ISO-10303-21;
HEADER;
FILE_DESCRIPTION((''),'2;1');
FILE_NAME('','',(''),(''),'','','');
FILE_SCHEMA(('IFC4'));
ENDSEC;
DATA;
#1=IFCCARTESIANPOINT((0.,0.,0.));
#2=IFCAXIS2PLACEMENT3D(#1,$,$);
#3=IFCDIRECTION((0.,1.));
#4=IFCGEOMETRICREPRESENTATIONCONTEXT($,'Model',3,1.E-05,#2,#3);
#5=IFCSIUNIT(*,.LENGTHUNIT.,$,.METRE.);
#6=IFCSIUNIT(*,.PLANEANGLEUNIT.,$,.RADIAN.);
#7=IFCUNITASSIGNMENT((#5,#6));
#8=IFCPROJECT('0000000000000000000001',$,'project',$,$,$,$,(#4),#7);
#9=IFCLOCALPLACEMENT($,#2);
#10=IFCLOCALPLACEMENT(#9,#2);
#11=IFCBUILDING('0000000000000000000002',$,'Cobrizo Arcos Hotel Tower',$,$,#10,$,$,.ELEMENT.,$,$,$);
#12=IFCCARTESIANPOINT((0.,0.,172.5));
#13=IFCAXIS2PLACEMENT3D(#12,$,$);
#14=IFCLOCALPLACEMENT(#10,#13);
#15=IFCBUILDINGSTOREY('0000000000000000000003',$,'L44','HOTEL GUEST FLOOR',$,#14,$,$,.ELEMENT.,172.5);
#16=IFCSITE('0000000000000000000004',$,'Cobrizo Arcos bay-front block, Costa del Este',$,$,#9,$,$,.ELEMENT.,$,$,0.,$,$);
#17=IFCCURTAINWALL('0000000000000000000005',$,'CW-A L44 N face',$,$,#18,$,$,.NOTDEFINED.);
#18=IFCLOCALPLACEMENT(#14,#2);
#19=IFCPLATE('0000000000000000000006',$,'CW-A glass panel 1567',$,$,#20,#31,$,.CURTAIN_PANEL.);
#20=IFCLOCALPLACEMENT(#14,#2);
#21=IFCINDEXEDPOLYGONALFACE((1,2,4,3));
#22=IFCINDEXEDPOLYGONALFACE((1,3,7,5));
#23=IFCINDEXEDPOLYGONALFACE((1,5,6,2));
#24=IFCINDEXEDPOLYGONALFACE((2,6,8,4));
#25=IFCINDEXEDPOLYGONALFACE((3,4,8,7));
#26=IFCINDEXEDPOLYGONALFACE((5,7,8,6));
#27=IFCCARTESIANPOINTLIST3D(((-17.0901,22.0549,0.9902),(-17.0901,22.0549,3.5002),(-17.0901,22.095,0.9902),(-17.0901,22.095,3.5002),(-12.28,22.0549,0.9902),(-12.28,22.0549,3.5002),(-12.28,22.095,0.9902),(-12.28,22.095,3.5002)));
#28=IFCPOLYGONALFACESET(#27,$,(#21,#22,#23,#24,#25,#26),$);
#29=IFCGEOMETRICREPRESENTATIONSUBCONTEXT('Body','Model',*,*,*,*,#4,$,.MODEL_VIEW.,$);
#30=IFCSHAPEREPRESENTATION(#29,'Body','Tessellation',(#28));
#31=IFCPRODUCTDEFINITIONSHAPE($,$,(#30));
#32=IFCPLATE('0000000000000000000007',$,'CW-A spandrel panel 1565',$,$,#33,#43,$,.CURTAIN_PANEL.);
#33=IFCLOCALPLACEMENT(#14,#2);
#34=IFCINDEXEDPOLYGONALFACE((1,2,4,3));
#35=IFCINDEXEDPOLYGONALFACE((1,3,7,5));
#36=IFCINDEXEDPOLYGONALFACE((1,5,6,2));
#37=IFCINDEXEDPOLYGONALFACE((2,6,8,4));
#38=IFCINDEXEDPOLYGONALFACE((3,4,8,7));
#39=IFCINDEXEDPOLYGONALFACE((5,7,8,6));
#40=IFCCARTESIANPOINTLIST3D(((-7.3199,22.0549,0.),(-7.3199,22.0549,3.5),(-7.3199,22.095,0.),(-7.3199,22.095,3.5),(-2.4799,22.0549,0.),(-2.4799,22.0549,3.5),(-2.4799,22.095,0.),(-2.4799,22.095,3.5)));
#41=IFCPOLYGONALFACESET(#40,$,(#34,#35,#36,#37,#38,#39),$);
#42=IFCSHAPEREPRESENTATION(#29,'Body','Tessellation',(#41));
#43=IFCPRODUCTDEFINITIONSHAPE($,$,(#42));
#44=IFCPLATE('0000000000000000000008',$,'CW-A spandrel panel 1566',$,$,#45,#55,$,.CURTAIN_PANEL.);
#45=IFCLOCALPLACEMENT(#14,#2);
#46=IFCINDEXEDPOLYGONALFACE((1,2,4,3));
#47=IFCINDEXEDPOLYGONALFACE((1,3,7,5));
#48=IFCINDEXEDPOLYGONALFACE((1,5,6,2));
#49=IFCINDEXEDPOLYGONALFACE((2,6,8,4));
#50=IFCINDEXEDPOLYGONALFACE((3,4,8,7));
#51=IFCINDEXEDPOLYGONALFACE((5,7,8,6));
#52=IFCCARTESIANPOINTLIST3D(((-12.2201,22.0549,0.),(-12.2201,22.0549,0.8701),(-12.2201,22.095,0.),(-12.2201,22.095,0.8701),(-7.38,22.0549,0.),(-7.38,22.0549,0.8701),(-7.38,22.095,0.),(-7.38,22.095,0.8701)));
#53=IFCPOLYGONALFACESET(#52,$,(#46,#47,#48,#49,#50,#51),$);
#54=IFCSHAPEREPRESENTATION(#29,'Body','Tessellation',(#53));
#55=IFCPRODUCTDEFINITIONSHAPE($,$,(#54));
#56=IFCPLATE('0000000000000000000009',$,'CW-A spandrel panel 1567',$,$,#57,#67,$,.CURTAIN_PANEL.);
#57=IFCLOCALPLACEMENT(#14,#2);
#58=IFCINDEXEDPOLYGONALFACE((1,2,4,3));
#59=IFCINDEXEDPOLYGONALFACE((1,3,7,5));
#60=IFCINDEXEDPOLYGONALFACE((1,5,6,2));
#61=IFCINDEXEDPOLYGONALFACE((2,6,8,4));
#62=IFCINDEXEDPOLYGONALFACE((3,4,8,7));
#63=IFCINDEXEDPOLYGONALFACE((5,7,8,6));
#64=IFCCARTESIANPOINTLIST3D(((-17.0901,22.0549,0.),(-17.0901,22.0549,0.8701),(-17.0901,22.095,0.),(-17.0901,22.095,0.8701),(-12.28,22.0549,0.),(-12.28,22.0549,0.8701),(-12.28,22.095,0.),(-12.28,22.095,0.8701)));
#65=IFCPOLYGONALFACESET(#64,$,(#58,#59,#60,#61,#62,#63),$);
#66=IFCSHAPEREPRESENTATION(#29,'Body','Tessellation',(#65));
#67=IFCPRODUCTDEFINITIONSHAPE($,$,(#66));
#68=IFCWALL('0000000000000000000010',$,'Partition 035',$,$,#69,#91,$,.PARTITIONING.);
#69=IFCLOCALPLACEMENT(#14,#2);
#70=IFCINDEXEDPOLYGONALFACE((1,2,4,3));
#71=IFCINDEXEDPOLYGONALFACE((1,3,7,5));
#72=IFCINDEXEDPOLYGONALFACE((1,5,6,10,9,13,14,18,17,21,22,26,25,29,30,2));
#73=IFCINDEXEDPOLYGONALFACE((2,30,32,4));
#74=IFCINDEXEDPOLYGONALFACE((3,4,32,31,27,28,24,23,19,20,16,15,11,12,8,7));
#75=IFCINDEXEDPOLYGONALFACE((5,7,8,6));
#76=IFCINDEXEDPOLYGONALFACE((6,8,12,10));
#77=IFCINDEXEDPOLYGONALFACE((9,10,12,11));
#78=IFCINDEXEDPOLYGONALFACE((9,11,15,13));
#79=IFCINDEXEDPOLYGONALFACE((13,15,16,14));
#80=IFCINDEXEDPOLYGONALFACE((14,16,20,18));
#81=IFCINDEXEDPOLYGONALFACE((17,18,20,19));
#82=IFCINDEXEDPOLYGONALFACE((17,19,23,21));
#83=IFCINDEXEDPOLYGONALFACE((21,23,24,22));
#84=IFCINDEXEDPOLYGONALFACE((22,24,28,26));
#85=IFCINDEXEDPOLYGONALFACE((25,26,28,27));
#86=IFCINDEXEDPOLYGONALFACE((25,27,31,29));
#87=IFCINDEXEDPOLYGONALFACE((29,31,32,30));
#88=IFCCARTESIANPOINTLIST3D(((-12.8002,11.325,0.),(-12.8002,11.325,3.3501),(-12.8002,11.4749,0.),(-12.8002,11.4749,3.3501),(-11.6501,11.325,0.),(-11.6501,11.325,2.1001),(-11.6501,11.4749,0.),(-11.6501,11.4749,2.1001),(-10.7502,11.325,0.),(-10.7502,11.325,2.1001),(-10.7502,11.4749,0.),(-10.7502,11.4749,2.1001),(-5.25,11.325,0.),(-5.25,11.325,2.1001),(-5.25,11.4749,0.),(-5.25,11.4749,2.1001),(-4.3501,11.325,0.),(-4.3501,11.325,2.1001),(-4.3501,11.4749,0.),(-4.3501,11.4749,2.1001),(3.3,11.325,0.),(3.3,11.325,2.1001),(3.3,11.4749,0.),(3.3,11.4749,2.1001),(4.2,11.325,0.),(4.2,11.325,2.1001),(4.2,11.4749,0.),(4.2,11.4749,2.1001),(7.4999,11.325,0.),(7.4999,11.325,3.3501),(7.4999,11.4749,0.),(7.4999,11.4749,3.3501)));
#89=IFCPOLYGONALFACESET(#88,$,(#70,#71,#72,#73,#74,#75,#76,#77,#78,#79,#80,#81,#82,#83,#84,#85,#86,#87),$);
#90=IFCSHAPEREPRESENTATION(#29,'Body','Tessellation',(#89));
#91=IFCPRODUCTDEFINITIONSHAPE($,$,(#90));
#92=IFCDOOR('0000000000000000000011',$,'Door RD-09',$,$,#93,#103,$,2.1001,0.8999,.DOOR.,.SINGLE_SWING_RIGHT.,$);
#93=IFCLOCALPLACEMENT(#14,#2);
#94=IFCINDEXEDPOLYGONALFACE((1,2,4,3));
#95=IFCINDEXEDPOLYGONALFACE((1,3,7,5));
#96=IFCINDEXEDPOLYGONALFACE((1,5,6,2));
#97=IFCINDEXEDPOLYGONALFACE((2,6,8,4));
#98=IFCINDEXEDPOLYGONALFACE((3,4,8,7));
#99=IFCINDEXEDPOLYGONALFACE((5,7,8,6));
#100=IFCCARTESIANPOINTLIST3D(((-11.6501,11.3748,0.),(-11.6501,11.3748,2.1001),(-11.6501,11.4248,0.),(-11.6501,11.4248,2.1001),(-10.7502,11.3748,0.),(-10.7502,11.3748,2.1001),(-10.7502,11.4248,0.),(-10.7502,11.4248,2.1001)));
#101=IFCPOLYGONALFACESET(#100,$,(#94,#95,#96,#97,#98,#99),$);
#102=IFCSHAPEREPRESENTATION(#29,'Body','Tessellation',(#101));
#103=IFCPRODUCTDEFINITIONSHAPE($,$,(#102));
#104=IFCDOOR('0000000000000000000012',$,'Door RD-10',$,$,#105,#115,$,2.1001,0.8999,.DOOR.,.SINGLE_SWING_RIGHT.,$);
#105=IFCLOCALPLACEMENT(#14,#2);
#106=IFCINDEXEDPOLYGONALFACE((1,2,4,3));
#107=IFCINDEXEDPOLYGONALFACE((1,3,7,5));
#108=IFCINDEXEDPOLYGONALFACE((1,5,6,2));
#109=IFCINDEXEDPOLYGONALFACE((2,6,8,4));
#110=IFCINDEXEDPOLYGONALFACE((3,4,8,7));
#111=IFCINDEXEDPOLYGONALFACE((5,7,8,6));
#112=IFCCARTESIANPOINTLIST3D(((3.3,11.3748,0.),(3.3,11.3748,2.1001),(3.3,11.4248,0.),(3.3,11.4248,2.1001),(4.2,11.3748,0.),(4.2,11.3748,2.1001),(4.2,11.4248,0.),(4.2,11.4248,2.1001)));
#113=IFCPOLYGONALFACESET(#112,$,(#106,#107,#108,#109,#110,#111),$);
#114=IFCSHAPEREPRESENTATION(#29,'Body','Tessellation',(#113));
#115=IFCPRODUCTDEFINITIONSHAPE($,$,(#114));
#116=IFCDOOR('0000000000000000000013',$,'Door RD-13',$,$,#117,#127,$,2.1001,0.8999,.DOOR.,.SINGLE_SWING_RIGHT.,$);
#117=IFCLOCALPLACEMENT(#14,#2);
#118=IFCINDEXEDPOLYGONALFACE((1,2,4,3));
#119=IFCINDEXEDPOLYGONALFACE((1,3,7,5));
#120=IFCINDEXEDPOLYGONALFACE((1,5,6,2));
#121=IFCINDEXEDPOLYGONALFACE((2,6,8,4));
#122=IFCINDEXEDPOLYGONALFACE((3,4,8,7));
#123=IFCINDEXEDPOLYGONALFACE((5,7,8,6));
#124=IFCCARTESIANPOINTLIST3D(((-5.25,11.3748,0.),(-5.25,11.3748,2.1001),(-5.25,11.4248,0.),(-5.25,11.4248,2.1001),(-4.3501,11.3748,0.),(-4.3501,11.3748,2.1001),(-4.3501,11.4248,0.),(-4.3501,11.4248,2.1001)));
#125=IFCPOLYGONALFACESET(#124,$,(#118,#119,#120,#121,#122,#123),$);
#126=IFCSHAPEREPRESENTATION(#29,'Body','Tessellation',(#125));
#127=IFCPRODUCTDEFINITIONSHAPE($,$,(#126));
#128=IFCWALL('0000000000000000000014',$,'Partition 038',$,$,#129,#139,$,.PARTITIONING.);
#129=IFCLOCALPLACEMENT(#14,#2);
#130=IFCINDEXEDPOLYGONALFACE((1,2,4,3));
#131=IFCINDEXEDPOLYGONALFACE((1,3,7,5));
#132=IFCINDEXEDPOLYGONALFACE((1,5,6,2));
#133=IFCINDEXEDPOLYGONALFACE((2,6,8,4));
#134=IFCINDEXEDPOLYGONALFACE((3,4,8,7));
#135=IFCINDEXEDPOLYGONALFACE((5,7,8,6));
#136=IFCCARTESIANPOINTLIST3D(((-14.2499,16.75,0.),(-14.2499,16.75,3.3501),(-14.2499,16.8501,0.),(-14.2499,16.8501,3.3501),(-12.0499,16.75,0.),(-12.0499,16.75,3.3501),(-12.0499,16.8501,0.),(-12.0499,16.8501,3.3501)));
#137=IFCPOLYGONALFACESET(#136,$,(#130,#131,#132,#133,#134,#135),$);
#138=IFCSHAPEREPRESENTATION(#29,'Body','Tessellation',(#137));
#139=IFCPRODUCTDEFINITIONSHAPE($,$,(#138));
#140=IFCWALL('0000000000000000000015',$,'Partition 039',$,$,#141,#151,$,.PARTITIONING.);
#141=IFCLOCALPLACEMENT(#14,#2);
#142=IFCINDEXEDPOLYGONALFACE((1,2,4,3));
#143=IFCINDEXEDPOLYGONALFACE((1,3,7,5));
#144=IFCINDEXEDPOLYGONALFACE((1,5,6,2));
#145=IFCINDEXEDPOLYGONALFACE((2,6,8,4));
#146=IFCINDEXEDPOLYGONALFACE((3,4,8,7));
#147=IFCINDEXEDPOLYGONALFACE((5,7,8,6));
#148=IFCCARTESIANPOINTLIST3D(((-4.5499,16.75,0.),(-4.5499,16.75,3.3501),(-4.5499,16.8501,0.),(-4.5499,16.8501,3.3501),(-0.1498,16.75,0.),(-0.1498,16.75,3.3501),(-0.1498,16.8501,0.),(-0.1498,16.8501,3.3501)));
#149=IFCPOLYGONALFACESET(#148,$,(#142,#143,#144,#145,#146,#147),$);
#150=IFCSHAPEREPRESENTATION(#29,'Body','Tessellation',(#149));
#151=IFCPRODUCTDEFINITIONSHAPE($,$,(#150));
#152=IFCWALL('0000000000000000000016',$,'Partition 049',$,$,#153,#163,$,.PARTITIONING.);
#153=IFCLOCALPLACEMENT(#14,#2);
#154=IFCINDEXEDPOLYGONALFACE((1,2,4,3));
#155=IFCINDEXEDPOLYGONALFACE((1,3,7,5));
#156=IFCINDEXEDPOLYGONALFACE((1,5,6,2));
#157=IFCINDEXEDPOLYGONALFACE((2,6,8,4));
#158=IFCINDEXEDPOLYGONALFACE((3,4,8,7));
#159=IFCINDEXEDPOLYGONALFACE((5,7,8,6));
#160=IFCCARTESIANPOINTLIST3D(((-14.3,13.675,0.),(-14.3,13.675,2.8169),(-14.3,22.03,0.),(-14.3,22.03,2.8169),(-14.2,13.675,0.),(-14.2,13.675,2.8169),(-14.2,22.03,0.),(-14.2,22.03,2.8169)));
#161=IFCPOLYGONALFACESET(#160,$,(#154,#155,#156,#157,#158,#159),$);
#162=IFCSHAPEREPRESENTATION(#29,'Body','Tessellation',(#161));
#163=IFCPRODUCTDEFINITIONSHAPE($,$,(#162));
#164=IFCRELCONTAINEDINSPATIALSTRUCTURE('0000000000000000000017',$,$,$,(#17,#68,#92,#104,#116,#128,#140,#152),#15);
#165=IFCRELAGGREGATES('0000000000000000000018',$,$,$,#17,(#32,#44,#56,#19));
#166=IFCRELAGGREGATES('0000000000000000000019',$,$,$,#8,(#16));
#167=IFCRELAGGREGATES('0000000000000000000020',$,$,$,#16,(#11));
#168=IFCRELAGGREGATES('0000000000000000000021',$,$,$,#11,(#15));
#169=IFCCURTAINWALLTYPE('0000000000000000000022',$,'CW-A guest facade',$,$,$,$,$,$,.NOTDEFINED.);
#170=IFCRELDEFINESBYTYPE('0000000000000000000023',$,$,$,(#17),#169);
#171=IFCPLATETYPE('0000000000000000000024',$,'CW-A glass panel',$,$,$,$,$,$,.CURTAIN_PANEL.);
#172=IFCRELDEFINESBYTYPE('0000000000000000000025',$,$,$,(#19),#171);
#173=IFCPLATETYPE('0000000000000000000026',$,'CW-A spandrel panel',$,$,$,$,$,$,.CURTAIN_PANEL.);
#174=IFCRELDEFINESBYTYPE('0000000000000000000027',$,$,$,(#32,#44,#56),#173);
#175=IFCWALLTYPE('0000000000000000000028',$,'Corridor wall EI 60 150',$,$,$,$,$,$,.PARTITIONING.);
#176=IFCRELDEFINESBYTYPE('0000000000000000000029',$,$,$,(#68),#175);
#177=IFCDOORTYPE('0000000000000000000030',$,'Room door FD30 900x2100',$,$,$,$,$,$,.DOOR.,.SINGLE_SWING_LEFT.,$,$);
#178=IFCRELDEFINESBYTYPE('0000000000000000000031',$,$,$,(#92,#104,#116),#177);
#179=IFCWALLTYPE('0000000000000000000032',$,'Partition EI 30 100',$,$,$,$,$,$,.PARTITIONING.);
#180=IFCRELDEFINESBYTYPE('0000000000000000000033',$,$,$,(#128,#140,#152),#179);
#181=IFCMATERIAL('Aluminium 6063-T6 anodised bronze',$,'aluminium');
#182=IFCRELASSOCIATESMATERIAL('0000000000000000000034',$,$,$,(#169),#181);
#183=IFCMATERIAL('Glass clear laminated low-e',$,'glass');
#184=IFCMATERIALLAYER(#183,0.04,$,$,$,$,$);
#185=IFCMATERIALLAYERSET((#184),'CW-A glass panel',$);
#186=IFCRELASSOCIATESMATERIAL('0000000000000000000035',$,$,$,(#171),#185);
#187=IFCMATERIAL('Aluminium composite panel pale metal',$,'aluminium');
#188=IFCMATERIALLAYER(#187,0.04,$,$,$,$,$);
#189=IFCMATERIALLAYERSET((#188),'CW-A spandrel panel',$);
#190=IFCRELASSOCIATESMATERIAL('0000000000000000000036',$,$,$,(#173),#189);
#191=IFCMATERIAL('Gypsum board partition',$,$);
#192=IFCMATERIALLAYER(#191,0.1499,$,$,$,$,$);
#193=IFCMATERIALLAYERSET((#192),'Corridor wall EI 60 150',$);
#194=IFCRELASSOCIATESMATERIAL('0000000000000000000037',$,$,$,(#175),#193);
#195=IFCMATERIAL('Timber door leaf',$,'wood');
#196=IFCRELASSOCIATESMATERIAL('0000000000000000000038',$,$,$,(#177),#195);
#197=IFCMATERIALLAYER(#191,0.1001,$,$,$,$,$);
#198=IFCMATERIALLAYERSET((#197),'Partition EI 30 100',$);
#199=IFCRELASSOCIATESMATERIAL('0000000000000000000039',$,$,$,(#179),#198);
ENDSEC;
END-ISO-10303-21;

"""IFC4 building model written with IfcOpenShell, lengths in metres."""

from ifc_helpers import new_model, si_unit, direction, frame, frame_2d, origin, origin_2d, place, context, subcontext, project, spatial, rectangle, extrude, material, layer, layer_set, type_object, element, fill, aggregate, save


model = new_model("IFC4")

# Units and contexts
model_context = context("Model", 3, precision=1e-05, world=origin(), true_north=direction((0.0, 1.0)))
body_context = subcontext(model_context, "Body", "Model", "MODEL_VIEW")
ifc_project = project(units=[si_unit("LENGTHUNIT", "METRE"), si_unit("PLANEANGLEUNIT", "RADIAN")], contexts=[model_context])

# Site, building, storey
site_placement = place(None, origin())
site = spatial("IfcSite", under=ifc_project, at=site_placement, Name="Cobrizo Arcos bay-front block, Costa del Este", CompositionType="ELEMENT", RefElevation=0.0)
building_placement = place(site_placement, origin())
building = spatial("IfcBuilding", under=site, at=building_placement, Name="Cobrizo Arcos Hotel Tower", CompositionType="ELEMENT")
storey_placement = place(building_placement, frame((0.0, 0.0, 172.5)))
storey = spatial("IfcBuildingStorey", under=building, at=storey_placement, Name="L44", Description="HOTEL GUEST FLOOR", CompositionType="ELEMENT", Elevation=172.5)

# Curtain wall
ifc_material_1 = material(Name="Aluminium 6063-T6 anodised bronze", Category="aluminium")
curtain_wall_type = type_object("IfcCurtainWallType", Name="CW-A guest facade", PredefinedType="NOTDEFINED", material=ifc_material_1)
curtain_wall_placement = place(storey_placement, origin())
curtain_wall = element("IfcCurtainWall", 1, at=curtain_wall_placement, inside=storey, type_object=curtain_wall_type, Name="CW-A L44 N face", PredefinedType="NOTDEFINED")

# Plates
ifc_material_2 = material(Name="Glass clear laminated low-e", Category="glass")
ifc_layer_1 = layer(ifc_material_2, 0.04)
ifc_layer_set_1 = layer_set([ifc_layer_1], Name="CW-A glass panel")
plate_type_1 = type_object("IfcPlateType", Name="CW-A glass panel", PredefinedType="CURTAIN_PANEL", material=ifc_layer_set_1)
plate_1_placement = place(storey_placement, frame((-14.6851, 22.075, 0.9902), z_axis=(0.0, 0.0, 1.0), x_axis=(-1.0, 0.0, 0.0)))
plate_1 = element("IfcPlate", 2, at=plate_1_placement, type_object=plate_type_1, Name="CW-A glass panel 1567", PredefinedType="CURTAIN_PANEL", context=body_context, shape_type="SweptSolid", body=[
    extrude(rectangle(XDim=4.8101, YDim=0.04, at=origin_2d()), origin(), (0.0, 0.0, 1.0), 2.51),
])
ifc_material_3 = material(Name="Aluminium composite panel pale metal", Category="aluminium")
ifc_layer_2 = layer(ifc_material_3, 0.04)
ifc_layer_set_2 = layer_set([ifc_layer_2], Name="CW-A spandrel panel")
plate_type_2 = type_object("IfcPlateType", Name="CW-A spandrel panel", PredefinedType="CURTAIN_PANEL", material=ifc_layer_set_2)
plate_2_placement = place(storey_placement, frame((-4.8999, 22.075, 0.0), z_axis=(0.0, 0.0, 1.0), x_axis=(-1.0, 0.0, 0.0)))
plate_2 = element("IfcPlate", 3, at=plate_2_placement, type_object=plate_type_2, Name="CW-A spandrel panel 1565", PredefinedType="CURTAIN_PANEL", context=body_context, shape_type="SweptSolid", body=[
    extrude(rectangle(XDim=4.8401, YDim=0.04, at=origin_2d()), origin(), (0.0, 0.0, 1.0), 3.5),
])
plate_3_placement = place(storey_placement, frame((-9.8, 22.075, 0.0), z_axis=(0.0, 0.0, 1.0), x_axis=(-1.0, 0.0, 0.0)))
plate_3 = element("IfcPlate", 4, at=plate_3_placement, type_object=plate_type_2, Name="CW-A spandrel panel 1566", PredefinedType="CURTAIN_PANEL", context=body_context, shape_type="SweptSolid", body=[
    extrude(rectangle(XDim=4.8401, YDim=0.04, at=origin_2d()), origin(), (0.0, 0.0, 1.0), 0.8701),
])
plate_4_placement = place(storey_placement, frame((-14.6851, 22.075, 0.0), z_axis=(0.0, 0.0, 1.0), x_axis=(-1.0, 0.0, 0.0)))
plate_4 = element("IfcPlate", 5, at=plate_4_placement, type_object=plate_type_2, Name="CW-A spandrel panel 1567", PredefinedType="CURTAIN_PANEL", context=body_context, shape_type="SweptSolid", body=[
    extrude(rectangle(XDim=4.8101, YDim=0.04, at=origin_2d()), origin(), (0.0, 0.0, 1.0), 0.8701),
])
aggregate(curtain_wall, [plate_2, plate_3, plate_4, plate_1])

# Wall, openings, doors
ifc_material_4 = material(Name="Gypsum board partition")
ifc_layer_3 = layer(ifc_material_4, 0.1499)
ifc_layer_set_3 = layer_set([ifc_layer_3], Name="Corridor wall EI 60 150")
wall_type_1 = type_object("IfcWallType", Name="Corridor wall EI 60 150", PredefinedType="PARTITIONING", material=ifc_layer_set_3)
wall_1_placement = place(storey_placement, frame((-12.8, 11.3999, 0.0), z_axis=(0.0, 0.0, 1.0), x_axis=(1.0, 0.0, 0.0)))
wall_1 = element("IfcWall", 6, at=wall_1_placement, inside=storey, type_object=wall_type_1, Name="Partition 035", PredefinedType="PARTITIONING", context=body_context, shape_type="SweptSolid", body=[
    extrude(rectangle(XDim=20.3, YDim=0.1499, at=frame_2d((10.1499, 0.0))), origin(), (0.0, 0.0, 1.0), 3.3501),
])
opening_1_placement = place(wall_1_placement, frame((1.1499, 0.0, 0.0)))
opening_1 = element("IfcOpeningElement", 7, at=opening_1_placement, cuts=wall_1, PredefinedType="OPENING", context=body_context, shape_type="SweptSolid", body=[
    extrude(rectangle(XDim=0.8999, YDim=2.1001, at=frame_2d((0.45, 1.05))), frame((0.0, 0.0869, 0.0), z_axis=(0.0, -1.0, 0.0), x_axis=(1.0, 0.0, 0.0)), (0.0, 0.0, 1.0), 0.1738),
])
opening_2_placement = place(wall_1_placement, frame((16.1001, 0.0, 0.0)))
opening_2 = element("IfcOpeningElement", 8, at=opening_2_placement, cuts=wall_1, PredefinedType="OPENING", context=body_context, shape_type="SweptSolid", body=[
    extrude(rectangle(XDim=0.8999, YDim=2.1001, at=frame_2d((0.45, 1.05))), frame((0.0, 0.0869, 0.0), z_axis=(0.0, -1.0, 0.0), x_axis=(1.0, 0.0, 0.0)), (0.0, 0.0, 1.0), 0.1738),
])
opening_3_placement = place(wall_1_placement, frame((7.55, 0.0, 0.0)))
opening_3 = element("IfcOpeningElement", 9, at=opening_3_placement, cuts=wall_1, PredefinedType="OPENING", context=body_context, shape_type="SweptSolid", body=[
    extrude(rectangle(XDim=0.8999, YDim=2.1001, at=frame_2d((0.45, 1.05))), frame((0.0, 0.0869, 0.0), z_axis=(0.0, -1.0, 0.0), x_axis=(1.0, 0.0, 0.0)), (0.0, 0.0, 1.0), 0.1738),
])
ifc_material_5 = material(Name="Timber door leaf", Category="wood")
door_type_1 = type_object("IfcDoorType", Name="Room door FD30 900x2100", OperationType="SINGLE_SWING_LEFT", PredefinedType="DOOR", material=ifc_material_5)
door_1_placement = place(opening_1_placement, origin())
door_1 = element("IfcDoor", 10, at=door_1_placement, inside=storey, type_object=door_type_1, Name="Door RD-09", OperationType="SINGLE_SWING_RIGHT", OverallHeight=2.1001, OverallWidth=0.8999, PredefinedType="DOOR", context=body_context, shape_type="SweptSolid", body=[
    extrude(rectangle(XDim=0.8999, YDim=2.1001, at=frame_2d((0.45, 1.05))), frame((0.0, 0.0249, 0.0), z_axis=(0.0, -1.0, 0.0), x_axis=(1.0, 0.0, 0.0)), (0.0, 0.0, 1.0), 0.05),
])
fill(opening_1, door_1)
door_2_placement = place(opening_2_placement, origin())
door_2 = element("IfcDoor", 11, at=door_2_placement, inside=storey, type_object=door_type_1, Name="Door RD-10", OperationType="SINGLE_SWING_RIGHT", OverallHeight=2.1001, OverallWidth=0.8999, PredefinedType="DOOR", context=body_context, shape_type="SweptSolid", body=[
    extrude(rectangle(XDim=0.8999, YDim=2.1001, at=frame_2d((0.45, 1.05))), frame((0.0, 0.0249, 0.0), z_axis=(0.0, -1.0, 0.0), x_axis=(1.0, 0.0, 0.0)), (0.0, 0.0, 1.0), 0.05),
])
fill(opening_2, door_2)
door_3_placement = place(opening_3_placement, origin())
door_3 = element("IfcDoor", 12, at=door_3_placement, inside=storey, type_object=door_type_1, Name="Door RD-13", OperationType="SINGLE_SWING_RIGHT", OverallHeight=2.1001, OverallWidth=0.8999, PredefinedType="DOOR", context=body_context, shape_type="SweptSolid", body=[
    extrude(rectangle(XDim=0.8999, YDim=2.1001, at=frame_2d((0.45, 1.05))), frame((0.0, 0.0249, 0.0), z_axis=(0.0, -1.0, 0.0), x_axis=(1.0, 0.0, 0.0)), (0.0, 0.0, 1.0), 0.05),
])
fill(opening_3, door_3)

# Walls
ifc_layer_4 = layer(ifc_material_4, 0.1001)
ifc_layer_set_4 = layer_set([ifc_layer_4], Name="Partition EI 30 100")
wall_type_2 = type_object("IfcWallType", Name="Partition EI 30 100", PredefinedType="PARTITIONING", material=ifc_layer_set_4)
wall_2_placement = place(storey_placement, frame((-14.25, 16.8, 0.0), z_axis=(0.0, 0.0, 1.0), x_axis=(1.0, 0.0, 0.0)))
element("IfcWall", 13, at=wall_2_placement, inside=storey, type_object=wall_type_2, Name="Partition 038", PredefinedType="PARTITIONING", context=body_context, shape_type="SweptSolid", body=[
    extrude(rectangle(XDim=2.2, YDim=0.1001, at=frame_2d((1.1001, 0.0))), origin(), (0.0, 0.0, 1.0), 3.3501),
])
wall_3_placement = place(storey_placement, frame((-4.55, 16.8, 0.0), z_axis=(0.0, 0.0, 1.0), x_axis=(1.0, 0.0, 0.0)))
element("IfcWall", 14, at=wall_3_placement, inside=storey, type_object=wall_type_2, Name="Partition 039", PredefinedType="PARTITIONING", context=body_context, shape_type="SweptSolid", body=[
    extrude(rectangle(XDim=4.4001, YDim=0.1001, at=frame_2d((2.2002, 0.0))), origin(), (0.0, 0.0, 1.0), 3.3501),
])
wall_4_placement = place(storey_placement, frame((-14.25, 13.675, 0.0), z_axis=(0.0, 0.0, 1.0), x_axis=(0.0, 1.0, 0.0)))
element("IfcWall", 15, at=wall_4_placement, inside=storey, type_object=wall_type_2, Name="Partition 049", PredefinedType="PARTITIONING", context=body_context, shape_type="SweptSolid", body=[
    extrude(rectangle(XDim=8.355, YDim=0.1001, at=frame_2d((4.1775, 0.0))), origin(), (0.0, 0.0, 1.0), 2.8169),
])

save(model, "model.ifc")
